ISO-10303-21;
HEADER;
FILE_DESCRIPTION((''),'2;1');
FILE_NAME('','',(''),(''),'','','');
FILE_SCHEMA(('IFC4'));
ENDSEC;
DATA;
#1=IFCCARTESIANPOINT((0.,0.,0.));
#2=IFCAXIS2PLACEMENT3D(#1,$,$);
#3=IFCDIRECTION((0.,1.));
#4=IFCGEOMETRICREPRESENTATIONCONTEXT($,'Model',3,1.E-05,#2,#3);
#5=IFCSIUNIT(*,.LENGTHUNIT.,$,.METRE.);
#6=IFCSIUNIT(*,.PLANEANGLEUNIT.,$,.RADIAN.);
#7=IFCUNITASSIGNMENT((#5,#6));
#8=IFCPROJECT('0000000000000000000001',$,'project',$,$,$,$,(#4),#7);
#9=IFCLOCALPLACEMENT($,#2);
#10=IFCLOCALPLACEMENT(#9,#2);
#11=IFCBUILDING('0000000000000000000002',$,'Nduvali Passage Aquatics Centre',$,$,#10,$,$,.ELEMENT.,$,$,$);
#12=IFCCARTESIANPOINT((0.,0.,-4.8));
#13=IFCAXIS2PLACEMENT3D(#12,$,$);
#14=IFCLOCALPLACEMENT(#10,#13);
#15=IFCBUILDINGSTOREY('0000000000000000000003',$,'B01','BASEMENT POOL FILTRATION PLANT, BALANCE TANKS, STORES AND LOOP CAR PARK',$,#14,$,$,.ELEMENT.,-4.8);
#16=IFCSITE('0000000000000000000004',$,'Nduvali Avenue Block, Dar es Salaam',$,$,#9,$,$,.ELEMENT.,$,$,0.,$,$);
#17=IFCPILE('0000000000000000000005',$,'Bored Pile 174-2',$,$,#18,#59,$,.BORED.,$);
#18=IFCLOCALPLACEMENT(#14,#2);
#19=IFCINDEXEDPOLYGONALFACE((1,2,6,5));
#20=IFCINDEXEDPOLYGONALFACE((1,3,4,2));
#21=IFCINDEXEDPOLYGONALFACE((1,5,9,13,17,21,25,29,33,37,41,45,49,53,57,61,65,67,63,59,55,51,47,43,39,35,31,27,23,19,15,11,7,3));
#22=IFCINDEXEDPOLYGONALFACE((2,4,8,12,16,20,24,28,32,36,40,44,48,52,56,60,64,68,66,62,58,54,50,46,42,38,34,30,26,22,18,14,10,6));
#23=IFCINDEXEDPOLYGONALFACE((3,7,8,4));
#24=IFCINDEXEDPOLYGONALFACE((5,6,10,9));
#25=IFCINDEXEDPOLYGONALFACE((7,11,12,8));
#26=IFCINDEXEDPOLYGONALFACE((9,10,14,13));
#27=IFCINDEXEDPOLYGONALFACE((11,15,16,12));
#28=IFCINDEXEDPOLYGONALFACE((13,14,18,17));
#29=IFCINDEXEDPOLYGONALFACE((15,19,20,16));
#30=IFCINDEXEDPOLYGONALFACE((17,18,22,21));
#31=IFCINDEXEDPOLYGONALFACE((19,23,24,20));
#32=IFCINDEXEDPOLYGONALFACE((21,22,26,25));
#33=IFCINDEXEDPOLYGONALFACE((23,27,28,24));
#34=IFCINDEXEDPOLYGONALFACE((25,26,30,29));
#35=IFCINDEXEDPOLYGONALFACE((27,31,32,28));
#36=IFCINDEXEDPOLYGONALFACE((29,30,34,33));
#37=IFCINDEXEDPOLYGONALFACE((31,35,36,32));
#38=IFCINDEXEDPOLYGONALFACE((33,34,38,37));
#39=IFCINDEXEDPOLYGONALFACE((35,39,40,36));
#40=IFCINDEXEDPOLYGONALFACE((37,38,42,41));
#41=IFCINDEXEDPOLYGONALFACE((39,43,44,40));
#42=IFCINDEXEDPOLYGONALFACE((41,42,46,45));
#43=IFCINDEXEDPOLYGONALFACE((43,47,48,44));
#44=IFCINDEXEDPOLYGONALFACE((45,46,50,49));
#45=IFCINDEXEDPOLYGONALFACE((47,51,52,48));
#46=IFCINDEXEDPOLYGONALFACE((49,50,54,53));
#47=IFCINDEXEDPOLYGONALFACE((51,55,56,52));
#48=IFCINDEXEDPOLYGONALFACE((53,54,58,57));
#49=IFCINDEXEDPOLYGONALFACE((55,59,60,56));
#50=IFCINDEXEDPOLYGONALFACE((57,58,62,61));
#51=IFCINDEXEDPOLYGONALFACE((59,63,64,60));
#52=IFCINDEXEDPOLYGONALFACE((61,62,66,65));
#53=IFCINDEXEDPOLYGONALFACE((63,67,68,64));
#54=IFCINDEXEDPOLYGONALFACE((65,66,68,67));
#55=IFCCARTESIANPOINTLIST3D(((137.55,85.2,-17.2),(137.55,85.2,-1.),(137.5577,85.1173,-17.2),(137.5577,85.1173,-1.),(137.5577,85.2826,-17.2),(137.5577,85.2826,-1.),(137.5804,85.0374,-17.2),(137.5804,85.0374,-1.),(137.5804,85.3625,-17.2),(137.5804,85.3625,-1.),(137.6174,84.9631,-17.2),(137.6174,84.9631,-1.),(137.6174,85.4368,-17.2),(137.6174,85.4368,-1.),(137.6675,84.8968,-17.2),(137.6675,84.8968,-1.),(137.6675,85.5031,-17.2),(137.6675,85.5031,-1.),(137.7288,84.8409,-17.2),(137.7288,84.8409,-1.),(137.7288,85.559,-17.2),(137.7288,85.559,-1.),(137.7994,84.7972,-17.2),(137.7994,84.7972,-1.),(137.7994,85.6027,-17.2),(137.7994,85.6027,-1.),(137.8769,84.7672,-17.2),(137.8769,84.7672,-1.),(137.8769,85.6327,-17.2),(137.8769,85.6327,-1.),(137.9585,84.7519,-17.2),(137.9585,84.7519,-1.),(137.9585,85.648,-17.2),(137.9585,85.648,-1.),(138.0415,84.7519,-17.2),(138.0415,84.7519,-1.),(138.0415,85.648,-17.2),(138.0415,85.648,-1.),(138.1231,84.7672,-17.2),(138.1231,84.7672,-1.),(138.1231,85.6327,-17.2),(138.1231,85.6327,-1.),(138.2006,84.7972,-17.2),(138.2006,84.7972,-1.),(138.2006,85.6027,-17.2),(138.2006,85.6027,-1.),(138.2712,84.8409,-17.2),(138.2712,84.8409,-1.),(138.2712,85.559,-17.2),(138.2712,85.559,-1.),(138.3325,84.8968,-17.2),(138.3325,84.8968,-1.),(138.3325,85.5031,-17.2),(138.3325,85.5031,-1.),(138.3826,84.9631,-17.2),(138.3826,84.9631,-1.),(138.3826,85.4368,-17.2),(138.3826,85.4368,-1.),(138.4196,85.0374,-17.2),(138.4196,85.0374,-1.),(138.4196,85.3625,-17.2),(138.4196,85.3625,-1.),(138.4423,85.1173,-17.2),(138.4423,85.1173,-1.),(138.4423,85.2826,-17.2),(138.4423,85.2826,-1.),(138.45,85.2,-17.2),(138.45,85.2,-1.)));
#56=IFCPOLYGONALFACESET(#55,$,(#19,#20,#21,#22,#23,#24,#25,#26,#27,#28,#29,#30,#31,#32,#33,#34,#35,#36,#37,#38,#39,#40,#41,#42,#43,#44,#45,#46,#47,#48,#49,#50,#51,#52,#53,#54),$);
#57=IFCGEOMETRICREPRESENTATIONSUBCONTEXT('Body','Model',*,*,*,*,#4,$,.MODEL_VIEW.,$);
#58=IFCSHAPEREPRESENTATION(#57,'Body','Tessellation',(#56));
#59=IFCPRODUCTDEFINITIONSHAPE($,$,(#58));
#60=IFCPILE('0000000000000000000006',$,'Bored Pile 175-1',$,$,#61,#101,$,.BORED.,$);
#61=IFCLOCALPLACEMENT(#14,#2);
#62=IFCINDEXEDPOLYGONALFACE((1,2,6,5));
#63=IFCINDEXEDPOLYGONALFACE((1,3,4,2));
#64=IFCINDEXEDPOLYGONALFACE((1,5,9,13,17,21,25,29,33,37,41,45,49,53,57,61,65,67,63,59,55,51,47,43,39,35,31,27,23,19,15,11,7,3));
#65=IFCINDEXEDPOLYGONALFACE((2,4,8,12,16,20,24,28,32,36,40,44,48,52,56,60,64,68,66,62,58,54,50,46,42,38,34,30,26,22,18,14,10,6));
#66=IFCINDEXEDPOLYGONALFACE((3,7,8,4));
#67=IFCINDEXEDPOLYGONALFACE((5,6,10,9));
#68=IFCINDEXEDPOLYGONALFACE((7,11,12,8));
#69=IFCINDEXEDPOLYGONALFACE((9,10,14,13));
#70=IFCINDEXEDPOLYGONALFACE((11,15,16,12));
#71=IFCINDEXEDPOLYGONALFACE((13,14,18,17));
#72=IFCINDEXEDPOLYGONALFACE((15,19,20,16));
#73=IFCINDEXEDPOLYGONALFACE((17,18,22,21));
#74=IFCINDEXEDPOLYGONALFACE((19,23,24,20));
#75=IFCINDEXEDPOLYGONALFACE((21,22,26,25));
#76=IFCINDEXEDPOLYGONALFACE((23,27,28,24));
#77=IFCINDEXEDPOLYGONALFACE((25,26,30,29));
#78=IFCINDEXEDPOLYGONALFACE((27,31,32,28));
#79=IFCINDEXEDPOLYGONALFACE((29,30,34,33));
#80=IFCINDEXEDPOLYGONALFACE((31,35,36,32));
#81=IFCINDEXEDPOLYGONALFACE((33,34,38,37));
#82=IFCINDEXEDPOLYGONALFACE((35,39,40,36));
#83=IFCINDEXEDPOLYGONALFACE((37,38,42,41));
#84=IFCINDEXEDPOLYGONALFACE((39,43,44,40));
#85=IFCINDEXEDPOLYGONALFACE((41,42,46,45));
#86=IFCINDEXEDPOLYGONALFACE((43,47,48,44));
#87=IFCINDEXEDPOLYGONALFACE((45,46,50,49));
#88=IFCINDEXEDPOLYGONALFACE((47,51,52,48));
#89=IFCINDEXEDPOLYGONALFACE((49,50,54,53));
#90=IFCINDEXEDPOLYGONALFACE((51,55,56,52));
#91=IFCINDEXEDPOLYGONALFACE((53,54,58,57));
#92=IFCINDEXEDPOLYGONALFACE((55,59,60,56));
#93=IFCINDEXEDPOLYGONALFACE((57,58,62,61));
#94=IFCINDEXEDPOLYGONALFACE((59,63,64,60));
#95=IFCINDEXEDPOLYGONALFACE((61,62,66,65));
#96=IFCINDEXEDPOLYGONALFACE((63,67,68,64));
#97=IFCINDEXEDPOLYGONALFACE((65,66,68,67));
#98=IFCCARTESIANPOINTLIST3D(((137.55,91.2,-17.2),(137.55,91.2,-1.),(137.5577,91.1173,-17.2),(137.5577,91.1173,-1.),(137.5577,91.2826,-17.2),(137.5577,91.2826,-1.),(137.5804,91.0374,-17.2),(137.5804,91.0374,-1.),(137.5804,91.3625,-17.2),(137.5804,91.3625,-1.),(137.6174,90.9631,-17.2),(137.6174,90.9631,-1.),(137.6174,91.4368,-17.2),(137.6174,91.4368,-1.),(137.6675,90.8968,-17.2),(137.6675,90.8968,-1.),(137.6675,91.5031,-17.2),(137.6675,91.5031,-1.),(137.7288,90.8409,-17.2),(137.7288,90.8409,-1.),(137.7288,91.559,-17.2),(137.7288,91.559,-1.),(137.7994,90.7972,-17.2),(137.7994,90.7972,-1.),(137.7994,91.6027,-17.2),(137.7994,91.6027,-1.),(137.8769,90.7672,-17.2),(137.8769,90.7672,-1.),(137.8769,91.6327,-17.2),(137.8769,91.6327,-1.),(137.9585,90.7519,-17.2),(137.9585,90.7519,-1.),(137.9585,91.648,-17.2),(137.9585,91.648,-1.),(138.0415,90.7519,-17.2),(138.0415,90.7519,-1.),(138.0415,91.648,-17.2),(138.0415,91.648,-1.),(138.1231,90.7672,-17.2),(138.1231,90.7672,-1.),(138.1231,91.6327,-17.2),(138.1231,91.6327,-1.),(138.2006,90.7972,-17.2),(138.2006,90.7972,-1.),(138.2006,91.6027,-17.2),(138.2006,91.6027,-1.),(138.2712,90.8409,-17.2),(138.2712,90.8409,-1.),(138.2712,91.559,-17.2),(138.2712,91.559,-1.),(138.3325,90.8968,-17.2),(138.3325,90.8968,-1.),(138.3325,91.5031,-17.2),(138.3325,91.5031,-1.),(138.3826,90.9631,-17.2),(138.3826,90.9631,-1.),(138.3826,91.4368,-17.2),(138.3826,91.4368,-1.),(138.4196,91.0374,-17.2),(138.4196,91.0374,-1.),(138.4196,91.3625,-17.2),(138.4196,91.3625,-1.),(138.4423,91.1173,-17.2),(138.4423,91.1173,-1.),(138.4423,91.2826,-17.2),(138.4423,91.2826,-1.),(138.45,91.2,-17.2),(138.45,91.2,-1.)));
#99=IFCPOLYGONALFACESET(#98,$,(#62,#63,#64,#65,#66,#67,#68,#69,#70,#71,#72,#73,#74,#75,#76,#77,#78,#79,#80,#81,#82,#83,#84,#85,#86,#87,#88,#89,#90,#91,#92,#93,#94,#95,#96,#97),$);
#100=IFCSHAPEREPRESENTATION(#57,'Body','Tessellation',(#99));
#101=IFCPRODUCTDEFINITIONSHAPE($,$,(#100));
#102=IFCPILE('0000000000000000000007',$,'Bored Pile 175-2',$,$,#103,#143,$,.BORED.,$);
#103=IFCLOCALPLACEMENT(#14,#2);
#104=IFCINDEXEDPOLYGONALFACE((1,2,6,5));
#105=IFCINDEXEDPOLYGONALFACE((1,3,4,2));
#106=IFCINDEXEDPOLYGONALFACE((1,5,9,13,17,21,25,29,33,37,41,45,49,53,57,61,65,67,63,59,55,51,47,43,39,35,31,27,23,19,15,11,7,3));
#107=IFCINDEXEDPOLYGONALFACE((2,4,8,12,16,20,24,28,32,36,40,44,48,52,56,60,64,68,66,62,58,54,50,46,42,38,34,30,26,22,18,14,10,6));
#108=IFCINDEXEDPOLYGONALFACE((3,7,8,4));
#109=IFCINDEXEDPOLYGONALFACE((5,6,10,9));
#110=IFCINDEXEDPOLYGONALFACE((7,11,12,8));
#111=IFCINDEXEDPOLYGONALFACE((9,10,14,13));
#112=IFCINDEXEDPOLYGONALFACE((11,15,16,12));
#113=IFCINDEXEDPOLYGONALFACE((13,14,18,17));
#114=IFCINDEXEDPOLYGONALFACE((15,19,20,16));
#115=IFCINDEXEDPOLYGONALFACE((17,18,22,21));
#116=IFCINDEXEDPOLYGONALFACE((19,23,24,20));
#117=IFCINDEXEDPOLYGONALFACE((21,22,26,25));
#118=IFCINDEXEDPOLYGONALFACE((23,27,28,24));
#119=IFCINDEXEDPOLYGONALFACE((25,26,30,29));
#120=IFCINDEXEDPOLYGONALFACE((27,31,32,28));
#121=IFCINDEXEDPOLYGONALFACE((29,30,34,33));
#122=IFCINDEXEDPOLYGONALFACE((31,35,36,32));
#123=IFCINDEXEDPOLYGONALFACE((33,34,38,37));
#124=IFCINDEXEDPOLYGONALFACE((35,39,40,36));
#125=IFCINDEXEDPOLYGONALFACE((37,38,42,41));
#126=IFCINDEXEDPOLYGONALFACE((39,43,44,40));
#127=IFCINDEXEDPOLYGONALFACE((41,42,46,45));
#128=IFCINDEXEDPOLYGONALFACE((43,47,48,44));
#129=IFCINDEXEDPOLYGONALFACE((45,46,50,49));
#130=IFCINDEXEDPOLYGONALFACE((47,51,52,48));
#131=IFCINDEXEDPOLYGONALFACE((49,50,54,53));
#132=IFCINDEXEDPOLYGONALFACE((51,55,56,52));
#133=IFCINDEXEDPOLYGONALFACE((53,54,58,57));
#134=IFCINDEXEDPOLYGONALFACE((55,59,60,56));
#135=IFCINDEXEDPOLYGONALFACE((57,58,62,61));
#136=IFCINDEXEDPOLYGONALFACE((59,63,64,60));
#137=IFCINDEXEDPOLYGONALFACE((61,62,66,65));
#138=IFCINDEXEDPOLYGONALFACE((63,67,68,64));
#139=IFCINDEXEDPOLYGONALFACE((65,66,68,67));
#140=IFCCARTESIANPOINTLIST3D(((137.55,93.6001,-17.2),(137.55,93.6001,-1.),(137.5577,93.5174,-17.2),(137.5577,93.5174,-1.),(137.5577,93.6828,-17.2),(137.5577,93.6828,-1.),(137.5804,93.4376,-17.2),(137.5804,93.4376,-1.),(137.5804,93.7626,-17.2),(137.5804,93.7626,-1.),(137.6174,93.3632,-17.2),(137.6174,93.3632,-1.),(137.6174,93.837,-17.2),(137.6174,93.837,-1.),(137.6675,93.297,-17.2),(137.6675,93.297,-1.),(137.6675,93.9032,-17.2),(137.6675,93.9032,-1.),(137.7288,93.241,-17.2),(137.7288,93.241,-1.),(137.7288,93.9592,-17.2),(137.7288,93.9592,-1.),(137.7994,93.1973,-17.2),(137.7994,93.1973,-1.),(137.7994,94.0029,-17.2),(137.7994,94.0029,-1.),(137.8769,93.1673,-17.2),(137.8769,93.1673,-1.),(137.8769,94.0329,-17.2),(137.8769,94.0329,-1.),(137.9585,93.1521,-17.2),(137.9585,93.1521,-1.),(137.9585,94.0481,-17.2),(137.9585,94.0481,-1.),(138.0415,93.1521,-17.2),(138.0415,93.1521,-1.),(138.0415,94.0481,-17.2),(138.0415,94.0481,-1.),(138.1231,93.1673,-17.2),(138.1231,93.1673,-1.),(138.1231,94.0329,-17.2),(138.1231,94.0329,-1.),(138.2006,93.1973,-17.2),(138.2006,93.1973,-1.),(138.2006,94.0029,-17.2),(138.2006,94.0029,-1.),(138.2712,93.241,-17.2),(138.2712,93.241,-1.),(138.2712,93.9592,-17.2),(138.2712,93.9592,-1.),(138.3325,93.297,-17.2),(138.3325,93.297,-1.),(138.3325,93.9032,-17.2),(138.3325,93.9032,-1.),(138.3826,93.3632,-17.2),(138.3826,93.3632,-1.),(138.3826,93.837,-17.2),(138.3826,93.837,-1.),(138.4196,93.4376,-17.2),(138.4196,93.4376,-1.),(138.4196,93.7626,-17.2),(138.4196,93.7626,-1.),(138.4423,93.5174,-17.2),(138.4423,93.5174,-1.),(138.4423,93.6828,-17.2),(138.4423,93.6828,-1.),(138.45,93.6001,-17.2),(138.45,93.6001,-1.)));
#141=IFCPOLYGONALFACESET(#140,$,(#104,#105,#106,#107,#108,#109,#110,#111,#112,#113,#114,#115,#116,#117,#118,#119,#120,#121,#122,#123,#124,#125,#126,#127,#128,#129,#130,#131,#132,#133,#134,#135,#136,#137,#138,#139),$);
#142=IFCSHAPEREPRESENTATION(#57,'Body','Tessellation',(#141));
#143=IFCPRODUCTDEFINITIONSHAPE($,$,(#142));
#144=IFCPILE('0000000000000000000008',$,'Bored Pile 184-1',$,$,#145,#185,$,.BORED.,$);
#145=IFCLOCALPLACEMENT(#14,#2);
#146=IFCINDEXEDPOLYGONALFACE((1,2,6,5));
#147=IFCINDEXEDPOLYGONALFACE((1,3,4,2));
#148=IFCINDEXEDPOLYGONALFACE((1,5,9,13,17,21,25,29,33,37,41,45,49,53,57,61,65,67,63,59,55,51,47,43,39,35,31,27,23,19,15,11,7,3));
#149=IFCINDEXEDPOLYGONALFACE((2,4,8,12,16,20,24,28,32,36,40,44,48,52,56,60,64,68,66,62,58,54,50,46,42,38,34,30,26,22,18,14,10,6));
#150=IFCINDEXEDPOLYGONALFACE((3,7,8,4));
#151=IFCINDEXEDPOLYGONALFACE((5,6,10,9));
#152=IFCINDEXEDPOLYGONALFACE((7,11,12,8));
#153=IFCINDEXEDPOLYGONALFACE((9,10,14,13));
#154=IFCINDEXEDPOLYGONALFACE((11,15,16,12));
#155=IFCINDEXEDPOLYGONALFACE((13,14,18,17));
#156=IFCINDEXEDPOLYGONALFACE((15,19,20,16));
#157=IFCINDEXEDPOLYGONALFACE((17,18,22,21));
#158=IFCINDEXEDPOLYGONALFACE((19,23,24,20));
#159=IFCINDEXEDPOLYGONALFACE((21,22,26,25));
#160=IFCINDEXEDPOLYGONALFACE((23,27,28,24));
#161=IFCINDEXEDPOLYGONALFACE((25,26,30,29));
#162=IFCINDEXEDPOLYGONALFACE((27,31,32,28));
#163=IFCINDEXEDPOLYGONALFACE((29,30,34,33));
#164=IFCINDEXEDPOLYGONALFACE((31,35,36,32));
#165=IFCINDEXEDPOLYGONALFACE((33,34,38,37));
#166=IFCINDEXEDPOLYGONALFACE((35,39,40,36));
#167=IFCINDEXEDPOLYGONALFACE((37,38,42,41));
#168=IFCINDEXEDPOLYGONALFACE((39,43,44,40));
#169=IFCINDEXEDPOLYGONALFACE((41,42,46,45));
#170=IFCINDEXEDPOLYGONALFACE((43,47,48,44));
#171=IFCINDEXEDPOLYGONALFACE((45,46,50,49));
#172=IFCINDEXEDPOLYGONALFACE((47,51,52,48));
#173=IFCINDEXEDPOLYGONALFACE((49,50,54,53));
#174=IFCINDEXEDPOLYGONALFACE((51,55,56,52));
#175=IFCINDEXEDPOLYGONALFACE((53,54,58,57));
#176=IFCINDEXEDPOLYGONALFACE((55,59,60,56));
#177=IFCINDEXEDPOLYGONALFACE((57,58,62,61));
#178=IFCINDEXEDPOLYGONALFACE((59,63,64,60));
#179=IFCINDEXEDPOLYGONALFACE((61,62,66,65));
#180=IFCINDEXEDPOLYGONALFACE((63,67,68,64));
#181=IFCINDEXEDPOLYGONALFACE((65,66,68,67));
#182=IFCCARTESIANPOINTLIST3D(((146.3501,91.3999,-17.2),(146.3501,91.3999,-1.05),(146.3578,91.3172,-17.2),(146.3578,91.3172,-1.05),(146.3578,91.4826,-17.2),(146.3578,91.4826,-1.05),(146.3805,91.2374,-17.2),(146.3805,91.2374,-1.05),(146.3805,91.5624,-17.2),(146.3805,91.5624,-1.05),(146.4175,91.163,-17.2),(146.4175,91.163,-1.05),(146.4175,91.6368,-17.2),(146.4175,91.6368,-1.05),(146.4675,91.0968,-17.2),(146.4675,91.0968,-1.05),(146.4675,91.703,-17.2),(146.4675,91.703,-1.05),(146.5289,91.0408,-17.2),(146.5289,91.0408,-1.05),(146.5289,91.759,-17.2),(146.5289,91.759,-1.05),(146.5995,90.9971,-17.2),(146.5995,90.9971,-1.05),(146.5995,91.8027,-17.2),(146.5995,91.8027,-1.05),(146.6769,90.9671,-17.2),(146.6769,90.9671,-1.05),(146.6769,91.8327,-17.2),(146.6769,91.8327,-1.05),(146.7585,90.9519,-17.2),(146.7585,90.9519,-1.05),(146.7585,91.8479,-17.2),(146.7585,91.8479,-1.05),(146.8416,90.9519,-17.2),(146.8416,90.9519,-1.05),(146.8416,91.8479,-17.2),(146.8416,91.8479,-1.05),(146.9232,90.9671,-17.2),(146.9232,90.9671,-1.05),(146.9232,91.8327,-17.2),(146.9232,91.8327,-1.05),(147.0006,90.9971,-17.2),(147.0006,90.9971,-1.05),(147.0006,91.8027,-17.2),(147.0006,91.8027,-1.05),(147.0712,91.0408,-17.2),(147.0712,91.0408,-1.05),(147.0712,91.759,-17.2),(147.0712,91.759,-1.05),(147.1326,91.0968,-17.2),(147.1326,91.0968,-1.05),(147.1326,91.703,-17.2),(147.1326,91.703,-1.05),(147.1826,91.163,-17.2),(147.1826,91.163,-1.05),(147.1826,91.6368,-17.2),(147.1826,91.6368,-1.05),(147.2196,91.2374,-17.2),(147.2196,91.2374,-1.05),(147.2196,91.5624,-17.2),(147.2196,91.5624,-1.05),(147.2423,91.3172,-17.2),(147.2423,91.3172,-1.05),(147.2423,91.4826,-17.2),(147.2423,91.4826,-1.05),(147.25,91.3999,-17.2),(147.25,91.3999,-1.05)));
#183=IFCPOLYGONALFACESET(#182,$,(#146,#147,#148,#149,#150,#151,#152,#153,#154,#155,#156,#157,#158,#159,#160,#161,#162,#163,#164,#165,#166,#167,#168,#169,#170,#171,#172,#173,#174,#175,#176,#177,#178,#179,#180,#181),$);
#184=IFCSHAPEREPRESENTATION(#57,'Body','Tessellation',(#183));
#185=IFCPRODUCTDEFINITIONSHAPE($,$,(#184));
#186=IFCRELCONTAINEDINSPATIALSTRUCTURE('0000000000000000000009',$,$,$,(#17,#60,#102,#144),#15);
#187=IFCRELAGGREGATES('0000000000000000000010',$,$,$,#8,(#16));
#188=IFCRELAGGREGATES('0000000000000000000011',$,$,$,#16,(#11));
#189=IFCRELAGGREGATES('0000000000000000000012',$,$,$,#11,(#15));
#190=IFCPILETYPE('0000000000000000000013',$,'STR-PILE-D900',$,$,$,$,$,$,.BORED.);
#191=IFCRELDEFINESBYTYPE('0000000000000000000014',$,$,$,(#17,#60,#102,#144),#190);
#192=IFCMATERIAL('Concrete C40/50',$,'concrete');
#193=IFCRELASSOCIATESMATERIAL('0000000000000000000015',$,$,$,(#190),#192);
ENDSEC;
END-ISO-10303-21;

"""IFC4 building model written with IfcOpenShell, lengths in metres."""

from ifc_helpers import new_model, si_unit, direction, frame, origin, origin_2d, place, context, subcontext, project, spatial, circle, extrude, material, material_profile, profile_set, type_object, element, save


model = new_model("IFC4")

# Units and contexts
model_context = context("Model", 3, precision=1e-05, world=origin(), true_north=direction((0.0, 1.0)))
body_context = subcontext(model_context, "Body", "Model", "MODEL_VIEW")
ifc_project = project(units=[si_unit("LENGTHUNIT", "METRE"), si_unit("PLANEANGLEUNIT", "RADIAN")], contexts=[model_context])

# Site, building, storey
site_placement = place(None, origin())
site = spatial("IfcSite", under=ifc_project, at=site_placement, Name="Nduvali Avenue Block, Dar es Salaam", CompositionType="ELEMENT", RefElevation=0.0)
building_placement = place(site_placement, origin())
building = spatial("IfcBuilding", under=site, at=building_placement, Name="Nduvali Passage Aquatics Centre", CompositionType="ELEMENT")
storey_placement = place(building_placement, frame((0.0, 0.0, -4.8)))
storey = spatial("IfcBuildingStorey", under=building, at=storey_placement, Name="B01", Description="BASEMENT POOL FILTRATION PLANT, BALANCE TANKS, STORES AND LOOP CAR PARK", CompositionType="ELEMENT", Elevation=-4.8)

# Shared definitions
ifc_material = material(Name="Concrete C40/50", Category="concrete")

# Piles
ifc_material_profile_1 = material_profile(ifc_material, circle(Radius=0.45, at=origin_2d()), Name="PILE D900")
ifc_profile_set_1 = profile_set([ifc_material_profile_1], Name="Concrete C40/50")
pile_type_1 = type_object("IfcPileType", Name="STR-PILE-D900", PredefinedType="BORED", material=ifc_profile_set_1)
for number, where, z_axis, x_axis, name in (
    (1, (138.0, 85.2, -1.0), (0.0, 0.0, -1.0), (1.0, 0.0, 0.0), "Bored Pile 174-2"),
    (2, (138.0, 91.2, -1.0), (0.0, 0.0, -1.0), (1.0, 0.0, 0.0), "Bored Pile 175-1"),
    (3, (138.0, 93.6001, -1.0), (0.0, 0.0, -1.0), (1.0, 0.0, 0.0), "Bored Pile 175-2"),
):
    element("IfcPile", number, at=place(storey_placement, frame(where, z_axis=z_axis, x_axis=x_axis)), inside=storey, type_object=pile_type_1, Name=name, PredefinedType="BORED", context=body_context, shape_type="SweptSolid", body=[
        extrude(circle(Radius=0.45, at=origin_2d()), origin(), (0.0, 0.0, 1.0), 16.2),
    ])
for number, where, z_axis, x_axis, name in (
    (4, (146.8, 91.3999, -1.05), (0.0, 0.0, -1.0), (1.0, 0.0, 0.0), "Bored Pile 184-1"),
):
    element("IfcPile", number, at=place(storey_placement, frame(where, z_axis=z_axis, x_axis=x_axis)), inside=storey, type_object=pile_type_1, Name=name, PredefinedType="BORED", context=body_context, shape_type="SweptSolid", body=[
        extrude(circle(Radius=0.45, at=origin_2d()), origin(), (0.0, 0.0, 1.0), 16.1499),
    ])

save(model, "model.ifc")
